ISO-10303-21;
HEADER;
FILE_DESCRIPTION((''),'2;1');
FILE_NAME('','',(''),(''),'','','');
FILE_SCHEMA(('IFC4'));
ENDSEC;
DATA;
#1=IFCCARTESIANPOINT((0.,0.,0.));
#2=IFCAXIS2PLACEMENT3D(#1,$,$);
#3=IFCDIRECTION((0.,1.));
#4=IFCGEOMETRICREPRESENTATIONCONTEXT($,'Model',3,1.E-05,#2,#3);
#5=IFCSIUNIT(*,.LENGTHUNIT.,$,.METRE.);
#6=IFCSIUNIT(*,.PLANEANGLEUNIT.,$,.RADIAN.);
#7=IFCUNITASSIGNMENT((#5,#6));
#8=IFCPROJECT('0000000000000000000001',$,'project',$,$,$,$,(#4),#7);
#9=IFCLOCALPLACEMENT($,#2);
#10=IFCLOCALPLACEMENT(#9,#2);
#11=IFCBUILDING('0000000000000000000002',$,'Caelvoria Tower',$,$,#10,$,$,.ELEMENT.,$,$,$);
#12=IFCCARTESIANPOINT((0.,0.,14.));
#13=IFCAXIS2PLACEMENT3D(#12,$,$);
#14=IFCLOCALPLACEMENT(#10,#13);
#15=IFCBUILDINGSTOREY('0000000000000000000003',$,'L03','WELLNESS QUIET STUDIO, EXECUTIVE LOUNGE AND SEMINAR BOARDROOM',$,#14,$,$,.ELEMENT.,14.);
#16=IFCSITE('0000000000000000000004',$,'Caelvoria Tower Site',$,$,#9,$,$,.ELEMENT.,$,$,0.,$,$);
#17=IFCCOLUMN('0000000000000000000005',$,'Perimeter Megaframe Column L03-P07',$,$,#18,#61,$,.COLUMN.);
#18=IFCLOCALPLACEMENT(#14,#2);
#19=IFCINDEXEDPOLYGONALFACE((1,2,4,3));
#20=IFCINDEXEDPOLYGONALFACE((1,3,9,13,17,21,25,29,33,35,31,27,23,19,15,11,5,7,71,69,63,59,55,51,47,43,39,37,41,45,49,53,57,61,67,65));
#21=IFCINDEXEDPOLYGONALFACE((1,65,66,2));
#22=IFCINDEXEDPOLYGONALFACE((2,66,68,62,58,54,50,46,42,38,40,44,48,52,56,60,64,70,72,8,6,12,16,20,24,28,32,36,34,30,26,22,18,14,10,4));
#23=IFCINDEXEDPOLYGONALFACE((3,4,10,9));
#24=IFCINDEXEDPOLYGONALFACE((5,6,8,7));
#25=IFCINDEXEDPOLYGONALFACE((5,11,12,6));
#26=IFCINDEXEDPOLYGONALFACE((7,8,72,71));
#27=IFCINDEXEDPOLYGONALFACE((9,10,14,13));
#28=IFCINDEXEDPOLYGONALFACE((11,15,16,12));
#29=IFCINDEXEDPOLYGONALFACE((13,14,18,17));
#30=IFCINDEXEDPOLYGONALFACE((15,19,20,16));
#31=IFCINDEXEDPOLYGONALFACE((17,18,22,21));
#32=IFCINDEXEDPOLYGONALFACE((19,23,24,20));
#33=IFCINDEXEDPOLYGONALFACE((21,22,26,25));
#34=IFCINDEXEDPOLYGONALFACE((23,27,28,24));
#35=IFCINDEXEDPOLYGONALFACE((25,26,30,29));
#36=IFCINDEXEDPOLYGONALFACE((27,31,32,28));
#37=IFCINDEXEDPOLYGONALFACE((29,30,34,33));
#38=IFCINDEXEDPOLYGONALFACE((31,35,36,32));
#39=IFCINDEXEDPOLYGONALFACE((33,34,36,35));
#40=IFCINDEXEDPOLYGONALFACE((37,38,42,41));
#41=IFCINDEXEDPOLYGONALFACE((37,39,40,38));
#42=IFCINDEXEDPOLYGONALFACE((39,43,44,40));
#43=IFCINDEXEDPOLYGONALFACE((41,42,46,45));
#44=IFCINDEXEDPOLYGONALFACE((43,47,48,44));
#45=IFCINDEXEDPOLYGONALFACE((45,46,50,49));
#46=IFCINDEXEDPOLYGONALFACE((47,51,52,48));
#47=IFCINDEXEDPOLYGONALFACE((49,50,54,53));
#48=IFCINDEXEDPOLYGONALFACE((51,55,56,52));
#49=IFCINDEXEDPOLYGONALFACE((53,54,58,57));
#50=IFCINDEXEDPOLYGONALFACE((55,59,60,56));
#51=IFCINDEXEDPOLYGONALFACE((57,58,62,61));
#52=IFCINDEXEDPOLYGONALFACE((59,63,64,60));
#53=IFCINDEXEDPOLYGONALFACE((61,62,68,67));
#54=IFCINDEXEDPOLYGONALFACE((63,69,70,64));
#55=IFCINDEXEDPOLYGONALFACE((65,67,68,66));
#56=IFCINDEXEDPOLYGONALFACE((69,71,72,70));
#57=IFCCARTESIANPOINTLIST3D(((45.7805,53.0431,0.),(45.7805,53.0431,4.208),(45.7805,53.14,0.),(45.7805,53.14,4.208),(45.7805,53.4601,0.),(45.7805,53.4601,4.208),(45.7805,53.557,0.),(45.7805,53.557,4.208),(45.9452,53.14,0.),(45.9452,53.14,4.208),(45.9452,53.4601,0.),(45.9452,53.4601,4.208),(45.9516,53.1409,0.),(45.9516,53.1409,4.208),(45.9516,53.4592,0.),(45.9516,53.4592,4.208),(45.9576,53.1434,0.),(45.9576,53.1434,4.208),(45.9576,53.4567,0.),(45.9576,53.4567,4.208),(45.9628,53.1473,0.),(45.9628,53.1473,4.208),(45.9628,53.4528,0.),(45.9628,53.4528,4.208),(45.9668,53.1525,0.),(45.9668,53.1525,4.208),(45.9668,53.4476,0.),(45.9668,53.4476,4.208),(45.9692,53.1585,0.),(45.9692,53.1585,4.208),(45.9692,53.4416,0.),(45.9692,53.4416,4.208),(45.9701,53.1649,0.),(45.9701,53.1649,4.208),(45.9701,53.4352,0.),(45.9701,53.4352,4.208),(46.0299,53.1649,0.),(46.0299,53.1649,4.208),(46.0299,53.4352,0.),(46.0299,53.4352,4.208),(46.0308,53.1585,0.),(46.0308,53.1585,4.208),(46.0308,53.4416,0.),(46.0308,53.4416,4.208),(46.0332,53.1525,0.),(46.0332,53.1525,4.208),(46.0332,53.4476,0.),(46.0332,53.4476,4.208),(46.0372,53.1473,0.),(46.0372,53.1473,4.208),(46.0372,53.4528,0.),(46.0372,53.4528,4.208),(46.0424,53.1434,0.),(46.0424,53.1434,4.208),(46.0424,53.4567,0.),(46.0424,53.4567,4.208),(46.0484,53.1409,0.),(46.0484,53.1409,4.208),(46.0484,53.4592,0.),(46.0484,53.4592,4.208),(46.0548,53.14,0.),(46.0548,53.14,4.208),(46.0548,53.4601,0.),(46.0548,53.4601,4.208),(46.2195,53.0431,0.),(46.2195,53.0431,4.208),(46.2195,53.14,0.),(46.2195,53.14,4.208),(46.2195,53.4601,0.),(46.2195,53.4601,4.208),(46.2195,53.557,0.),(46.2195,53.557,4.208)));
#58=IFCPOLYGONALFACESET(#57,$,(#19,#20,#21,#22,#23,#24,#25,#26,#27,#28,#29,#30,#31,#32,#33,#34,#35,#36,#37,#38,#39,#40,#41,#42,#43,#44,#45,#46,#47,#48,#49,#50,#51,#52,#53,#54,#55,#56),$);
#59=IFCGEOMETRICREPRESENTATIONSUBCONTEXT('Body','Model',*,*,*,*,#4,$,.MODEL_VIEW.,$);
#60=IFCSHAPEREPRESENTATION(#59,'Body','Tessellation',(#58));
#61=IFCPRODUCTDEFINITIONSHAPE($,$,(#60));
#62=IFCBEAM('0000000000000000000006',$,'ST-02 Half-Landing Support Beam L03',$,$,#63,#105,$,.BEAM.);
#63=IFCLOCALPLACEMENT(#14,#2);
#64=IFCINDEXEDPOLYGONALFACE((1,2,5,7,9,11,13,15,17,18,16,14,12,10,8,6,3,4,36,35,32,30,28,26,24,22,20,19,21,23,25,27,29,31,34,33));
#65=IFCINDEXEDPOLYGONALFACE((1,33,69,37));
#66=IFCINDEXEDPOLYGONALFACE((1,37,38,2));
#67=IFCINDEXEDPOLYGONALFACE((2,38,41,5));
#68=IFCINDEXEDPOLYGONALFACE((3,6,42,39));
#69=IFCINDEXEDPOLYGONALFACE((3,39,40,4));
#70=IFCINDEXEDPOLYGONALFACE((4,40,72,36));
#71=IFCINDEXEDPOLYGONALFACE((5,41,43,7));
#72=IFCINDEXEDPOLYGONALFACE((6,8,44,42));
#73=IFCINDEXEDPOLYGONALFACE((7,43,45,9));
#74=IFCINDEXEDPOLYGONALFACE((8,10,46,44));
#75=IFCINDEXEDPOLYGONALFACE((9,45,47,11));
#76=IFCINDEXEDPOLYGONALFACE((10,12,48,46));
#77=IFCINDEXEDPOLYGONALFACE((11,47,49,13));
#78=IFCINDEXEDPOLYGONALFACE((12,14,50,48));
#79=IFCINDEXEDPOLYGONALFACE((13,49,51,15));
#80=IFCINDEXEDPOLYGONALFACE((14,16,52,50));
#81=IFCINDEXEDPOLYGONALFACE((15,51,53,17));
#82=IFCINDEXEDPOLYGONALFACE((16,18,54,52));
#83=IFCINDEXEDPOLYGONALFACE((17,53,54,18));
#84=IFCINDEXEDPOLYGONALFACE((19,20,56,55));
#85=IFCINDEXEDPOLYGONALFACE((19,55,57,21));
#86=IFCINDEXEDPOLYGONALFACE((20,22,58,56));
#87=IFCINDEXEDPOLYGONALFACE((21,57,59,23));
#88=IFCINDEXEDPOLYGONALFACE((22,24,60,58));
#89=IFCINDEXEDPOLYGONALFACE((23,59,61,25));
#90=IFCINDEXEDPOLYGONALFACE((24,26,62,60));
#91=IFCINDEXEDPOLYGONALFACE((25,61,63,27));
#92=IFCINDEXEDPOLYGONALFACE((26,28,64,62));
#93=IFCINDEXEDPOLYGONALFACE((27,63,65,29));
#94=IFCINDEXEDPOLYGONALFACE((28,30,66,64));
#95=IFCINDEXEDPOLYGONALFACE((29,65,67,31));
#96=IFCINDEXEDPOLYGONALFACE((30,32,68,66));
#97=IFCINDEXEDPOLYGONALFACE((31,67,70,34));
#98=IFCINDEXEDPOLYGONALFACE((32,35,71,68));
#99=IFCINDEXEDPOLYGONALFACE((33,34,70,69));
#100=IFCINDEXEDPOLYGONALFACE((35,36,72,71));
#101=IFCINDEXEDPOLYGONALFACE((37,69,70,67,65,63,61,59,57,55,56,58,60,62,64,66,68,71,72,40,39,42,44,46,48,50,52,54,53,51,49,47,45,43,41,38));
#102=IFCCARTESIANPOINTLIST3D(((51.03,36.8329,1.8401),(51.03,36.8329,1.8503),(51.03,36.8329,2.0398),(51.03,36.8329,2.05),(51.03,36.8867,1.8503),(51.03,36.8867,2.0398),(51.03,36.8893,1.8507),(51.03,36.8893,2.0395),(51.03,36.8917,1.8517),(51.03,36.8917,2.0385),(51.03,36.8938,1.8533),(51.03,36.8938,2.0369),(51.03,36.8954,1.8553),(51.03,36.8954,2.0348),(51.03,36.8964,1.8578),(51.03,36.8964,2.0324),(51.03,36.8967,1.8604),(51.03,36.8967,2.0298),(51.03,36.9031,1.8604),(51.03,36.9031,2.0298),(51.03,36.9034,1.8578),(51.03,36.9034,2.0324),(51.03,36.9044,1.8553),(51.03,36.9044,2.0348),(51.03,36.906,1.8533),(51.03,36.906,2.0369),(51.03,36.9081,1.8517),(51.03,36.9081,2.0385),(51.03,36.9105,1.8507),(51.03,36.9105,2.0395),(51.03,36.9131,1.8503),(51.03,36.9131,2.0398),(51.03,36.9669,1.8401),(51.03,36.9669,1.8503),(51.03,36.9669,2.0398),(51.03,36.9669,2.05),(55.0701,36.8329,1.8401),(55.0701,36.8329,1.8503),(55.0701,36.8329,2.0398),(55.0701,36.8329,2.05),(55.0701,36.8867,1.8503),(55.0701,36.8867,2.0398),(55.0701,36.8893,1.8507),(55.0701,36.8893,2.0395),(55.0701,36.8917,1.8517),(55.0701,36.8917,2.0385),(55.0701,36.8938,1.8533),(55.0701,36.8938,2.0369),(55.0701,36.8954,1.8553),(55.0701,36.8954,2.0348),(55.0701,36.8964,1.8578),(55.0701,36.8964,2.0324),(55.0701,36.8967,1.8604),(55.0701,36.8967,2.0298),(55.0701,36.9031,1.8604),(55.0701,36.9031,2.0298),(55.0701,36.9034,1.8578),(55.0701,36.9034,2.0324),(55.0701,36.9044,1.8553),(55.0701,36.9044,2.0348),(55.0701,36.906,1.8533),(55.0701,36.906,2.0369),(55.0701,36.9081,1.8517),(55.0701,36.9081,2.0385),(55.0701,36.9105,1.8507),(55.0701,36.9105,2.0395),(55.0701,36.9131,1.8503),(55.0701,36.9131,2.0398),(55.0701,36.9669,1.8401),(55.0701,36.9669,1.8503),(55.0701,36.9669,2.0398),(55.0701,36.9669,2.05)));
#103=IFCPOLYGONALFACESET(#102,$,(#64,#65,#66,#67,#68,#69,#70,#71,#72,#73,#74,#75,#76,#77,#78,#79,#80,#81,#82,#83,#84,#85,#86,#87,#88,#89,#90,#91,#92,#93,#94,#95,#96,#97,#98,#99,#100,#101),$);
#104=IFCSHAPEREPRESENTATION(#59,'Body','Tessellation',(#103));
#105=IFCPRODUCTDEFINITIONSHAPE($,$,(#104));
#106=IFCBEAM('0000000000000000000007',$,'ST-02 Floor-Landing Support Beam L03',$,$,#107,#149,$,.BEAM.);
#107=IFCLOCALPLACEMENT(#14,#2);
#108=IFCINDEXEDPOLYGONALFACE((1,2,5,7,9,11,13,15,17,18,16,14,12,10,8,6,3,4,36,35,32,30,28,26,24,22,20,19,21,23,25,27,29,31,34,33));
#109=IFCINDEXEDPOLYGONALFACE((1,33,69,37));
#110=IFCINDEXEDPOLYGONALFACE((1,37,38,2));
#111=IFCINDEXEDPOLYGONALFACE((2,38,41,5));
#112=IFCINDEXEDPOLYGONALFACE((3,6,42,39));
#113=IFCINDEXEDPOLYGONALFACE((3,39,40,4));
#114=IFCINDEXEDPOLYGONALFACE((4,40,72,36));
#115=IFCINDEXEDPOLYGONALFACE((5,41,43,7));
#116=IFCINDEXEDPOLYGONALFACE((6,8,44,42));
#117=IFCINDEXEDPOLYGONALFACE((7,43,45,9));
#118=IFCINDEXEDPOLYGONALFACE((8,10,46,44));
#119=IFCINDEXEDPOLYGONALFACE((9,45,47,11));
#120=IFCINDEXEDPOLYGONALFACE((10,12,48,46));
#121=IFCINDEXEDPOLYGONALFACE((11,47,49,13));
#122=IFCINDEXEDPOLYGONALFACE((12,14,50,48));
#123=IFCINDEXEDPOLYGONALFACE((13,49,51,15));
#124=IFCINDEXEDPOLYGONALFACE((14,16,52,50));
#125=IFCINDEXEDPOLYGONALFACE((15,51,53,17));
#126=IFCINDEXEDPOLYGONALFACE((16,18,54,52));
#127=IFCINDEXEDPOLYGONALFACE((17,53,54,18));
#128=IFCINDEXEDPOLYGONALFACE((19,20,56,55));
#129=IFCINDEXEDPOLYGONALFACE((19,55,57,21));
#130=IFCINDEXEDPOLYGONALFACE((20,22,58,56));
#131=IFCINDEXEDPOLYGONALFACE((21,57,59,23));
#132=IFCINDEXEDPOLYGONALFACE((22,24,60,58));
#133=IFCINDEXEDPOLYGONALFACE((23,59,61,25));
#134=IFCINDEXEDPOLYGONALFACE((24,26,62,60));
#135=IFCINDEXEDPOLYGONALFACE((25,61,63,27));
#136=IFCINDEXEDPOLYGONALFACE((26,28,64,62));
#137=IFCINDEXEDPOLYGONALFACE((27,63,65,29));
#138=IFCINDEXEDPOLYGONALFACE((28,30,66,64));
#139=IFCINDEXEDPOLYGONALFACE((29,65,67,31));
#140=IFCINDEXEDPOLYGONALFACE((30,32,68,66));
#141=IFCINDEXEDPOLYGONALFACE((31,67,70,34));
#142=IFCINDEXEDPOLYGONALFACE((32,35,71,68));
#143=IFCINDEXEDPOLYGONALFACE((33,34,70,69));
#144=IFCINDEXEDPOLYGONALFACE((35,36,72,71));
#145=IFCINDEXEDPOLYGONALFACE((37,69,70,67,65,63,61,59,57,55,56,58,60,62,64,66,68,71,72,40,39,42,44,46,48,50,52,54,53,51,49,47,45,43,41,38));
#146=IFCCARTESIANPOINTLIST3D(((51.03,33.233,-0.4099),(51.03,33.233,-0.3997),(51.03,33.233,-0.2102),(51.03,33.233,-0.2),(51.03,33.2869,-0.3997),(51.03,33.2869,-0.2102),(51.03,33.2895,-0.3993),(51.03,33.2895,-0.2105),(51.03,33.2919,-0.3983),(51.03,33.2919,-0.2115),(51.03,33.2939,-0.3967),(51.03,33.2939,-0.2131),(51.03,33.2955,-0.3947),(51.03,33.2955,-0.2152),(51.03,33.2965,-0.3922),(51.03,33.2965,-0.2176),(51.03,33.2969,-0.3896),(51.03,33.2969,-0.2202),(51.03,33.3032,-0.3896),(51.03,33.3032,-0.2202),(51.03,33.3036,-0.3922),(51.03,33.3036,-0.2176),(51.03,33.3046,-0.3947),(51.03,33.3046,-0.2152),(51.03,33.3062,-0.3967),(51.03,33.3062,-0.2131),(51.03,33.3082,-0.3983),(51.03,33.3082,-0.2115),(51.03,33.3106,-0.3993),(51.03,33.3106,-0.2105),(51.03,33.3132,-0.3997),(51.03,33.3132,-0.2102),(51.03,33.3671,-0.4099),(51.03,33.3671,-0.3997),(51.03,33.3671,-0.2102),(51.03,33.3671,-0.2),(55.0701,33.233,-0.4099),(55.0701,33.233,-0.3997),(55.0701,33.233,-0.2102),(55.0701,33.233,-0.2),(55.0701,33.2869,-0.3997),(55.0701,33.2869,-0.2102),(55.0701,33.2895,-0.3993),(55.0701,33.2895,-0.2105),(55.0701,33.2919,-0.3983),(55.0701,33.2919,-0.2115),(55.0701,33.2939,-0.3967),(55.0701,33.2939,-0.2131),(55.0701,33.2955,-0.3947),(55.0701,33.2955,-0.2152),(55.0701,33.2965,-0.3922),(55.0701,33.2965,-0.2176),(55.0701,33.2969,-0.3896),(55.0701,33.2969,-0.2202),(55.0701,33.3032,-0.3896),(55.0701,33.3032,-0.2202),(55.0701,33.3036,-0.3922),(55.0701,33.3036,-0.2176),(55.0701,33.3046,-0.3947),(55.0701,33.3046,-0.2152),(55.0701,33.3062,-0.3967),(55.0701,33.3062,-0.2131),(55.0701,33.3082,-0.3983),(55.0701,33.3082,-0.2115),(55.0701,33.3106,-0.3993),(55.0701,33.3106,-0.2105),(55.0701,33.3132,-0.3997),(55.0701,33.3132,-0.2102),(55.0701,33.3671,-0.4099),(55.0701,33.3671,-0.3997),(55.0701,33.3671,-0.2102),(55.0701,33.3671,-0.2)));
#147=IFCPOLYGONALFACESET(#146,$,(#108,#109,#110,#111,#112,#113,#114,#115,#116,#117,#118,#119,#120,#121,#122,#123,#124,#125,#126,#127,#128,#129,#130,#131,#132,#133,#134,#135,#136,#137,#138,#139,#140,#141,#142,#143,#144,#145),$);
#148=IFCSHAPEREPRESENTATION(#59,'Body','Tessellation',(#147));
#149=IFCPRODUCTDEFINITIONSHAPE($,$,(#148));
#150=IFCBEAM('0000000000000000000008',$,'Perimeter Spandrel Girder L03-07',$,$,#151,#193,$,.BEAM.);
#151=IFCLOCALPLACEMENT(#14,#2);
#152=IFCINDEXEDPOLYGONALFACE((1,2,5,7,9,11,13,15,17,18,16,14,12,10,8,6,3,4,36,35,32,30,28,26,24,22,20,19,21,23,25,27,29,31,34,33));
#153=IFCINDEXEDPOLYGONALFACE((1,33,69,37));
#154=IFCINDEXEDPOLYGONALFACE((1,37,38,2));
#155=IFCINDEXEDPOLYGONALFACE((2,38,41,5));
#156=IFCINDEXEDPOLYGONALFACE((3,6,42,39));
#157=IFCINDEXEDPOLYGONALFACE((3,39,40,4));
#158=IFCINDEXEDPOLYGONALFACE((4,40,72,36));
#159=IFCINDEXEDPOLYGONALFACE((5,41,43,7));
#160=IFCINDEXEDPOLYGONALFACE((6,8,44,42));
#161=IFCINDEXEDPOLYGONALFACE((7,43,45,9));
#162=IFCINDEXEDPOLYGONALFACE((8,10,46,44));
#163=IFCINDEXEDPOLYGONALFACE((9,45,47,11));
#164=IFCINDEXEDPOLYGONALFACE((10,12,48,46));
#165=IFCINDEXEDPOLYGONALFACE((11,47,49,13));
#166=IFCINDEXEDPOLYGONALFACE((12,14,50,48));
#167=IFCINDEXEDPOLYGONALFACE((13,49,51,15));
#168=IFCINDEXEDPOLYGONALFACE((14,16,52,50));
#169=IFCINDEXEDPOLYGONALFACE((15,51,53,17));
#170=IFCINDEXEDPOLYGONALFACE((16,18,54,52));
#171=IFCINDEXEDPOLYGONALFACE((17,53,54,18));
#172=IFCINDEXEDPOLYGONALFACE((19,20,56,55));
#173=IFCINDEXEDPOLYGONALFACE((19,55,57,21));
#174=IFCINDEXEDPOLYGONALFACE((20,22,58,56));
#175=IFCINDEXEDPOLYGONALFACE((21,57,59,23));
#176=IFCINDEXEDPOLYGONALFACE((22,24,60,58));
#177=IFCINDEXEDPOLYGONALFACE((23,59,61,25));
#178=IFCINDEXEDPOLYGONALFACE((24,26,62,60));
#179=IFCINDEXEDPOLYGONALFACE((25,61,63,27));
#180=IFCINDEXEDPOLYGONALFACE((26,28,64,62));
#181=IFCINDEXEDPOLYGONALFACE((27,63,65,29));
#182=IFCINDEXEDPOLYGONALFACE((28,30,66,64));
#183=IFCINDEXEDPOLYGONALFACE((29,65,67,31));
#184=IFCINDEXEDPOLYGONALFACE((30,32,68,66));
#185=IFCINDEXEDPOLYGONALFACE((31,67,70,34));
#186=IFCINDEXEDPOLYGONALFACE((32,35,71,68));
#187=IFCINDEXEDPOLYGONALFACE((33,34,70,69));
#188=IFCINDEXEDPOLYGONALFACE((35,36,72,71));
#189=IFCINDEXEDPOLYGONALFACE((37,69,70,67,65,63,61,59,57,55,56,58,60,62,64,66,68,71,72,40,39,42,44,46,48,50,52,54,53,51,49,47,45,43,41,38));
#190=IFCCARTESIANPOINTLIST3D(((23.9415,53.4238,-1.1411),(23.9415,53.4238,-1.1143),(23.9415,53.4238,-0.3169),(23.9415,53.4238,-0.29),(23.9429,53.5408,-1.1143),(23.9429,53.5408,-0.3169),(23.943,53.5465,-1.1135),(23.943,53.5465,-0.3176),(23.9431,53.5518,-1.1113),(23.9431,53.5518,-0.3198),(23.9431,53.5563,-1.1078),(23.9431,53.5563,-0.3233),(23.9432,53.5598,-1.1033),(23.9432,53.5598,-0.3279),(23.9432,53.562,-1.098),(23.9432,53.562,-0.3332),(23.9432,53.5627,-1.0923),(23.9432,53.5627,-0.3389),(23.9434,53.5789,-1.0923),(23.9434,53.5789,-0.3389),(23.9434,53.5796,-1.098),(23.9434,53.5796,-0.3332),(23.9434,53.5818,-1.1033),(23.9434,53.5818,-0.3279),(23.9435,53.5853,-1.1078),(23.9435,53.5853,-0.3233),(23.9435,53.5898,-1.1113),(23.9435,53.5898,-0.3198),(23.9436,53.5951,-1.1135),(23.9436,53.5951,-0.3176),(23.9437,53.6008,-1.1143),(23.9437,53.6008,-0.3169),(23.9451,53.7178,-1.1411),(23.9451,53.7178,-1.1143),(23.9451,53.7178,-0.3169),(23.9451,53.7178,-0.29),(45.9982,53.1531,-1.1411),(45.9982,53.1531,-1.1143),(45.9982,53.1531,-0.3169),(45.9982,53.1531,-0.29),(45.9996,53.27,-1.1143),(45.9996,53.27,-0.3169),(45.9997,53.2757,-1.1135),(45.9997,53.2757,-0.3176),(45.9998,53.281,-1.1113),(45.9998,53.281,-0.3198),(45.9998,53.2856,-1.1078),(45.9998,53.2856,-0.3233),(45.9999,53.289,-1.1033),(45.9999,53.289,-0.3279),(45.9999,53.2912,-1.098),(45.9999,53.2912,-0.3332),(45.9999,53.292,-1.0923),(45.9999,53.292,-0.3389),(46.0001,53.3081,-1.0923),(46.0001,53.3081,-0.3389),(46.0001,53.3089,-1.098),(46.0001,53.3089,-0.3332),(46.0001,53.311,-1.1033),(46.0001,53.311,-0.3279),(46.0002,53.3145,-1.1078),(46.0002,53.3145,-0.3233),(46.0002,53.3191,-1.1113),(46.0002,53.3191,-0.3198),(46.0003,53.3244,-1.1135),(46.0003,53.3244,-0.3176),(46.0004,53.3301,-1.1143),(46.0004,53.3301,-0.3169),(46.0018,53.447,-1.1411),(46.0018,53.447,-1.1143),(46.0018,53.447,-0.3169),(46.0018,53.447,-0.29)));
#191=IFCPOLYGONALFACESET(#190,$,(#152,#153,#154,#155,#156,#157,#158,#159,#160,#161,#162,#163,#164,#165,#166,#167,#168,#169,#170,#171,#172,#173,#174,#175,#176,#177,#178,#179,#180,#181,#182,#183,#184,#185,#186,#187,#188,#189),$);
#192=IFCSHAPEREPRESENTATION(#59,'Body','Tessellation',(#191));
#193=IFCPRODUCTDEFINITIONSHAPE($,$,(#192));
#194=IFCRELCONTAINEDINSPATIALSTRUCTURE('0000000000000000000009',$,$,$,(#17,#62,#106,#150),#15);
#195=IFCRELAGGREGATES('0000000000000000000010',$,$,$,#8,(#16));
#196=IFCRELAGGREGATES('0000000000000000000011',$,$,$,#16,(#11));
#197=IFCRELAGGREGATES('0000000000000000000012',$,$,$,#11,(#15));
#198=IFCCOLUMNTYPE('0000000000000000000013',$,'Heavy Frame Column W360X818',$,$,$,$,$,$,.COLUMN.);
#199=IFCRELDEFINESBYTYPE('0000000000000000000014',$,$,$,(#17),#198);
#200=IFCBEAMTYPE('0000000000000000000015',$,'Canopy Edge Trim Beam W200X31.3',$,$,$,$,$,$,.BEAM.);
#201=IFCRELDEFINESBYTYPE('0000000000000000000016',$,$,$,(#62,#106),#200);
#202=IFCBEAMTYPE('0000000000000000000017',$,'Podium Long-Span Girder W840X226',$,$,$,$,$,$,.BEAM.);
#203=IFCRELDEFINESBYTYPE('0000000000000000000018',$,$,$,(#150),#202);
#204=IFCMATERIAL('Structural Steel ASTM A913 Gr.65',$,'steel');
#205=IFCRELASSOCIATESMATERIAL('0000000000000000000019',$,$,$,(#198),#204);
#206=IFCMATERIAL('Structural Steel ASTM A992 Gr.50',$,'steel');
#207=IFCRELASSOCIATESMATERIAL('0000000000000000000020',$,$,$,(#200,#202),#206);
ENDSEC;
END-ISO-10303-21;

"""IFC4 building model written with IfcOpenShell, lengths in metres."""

from ifc_helpers import new_model, si_unit, direction, frame, origin, origin_2d, place, context, subcontext, project, spatial, i_section, extrude, material, material_profile, profile_set, type_object, element, save


model = new_model("IFC4")

# Units and contexts
model_context = context("Model", 3, precision=1e-05, world=origin(), true_north=direction((0.0, 1.0)))
body_context = subcontext(model_context, "Body", "Model", "MODEL_VIEW")
ifc_project = project(units=[si_unit("LENGTHUNIT", "METRE"), si_unit("PLANEANGLEUNIT", "RADIAN")], contexts=[model_context])

# Site, building, storey
site_placement = place(None, origin())
site = spatial("IfcSite", under=ifc_project, at=site_placement, Name="Caelvoria Tower Site", CompositionType="ELEMENT", RefElevation=0.0)
building_placement = place(site_placement, origin())
building = spatial("IfcBuilding", under=site, at=building_placement, Name="Caelvoria Tower", CompositionType="ELEMENT")
storey_placement = place(building_placement, frame((0.0, 0.0, 14.0)))
storey = spatial("IfcBuildingStorey", under=building, at=storey_placement, Name="L03", Description="WELLNESS QUIET STUDIO, EXECUTIVE LOUNGE AND SEMINAR BOARDROOM", CompositionType="ELEMENT", Elevation=14.0)

# Column
ifc_material_1 = material(Name="Structural Steel ASTM A913 Gr.65", Category="steel")
ifc_material_profile_1 = material_profile(ifc_material_1, i_section(OverallWidth=0.439, OverallDepth=0.5139, WebThickness=0.0598, FlangeThickness=0.0969, FilletRadius=0.0249, at=origin_2d()), Name="Structural Steel ASTM A913 Gr.65")
ifc_profile_set_1 = profile_set([ifc_material_profile_1], Name="W360X818 - Structural Steel ASTM A913 Gr.65")
column_type = type_object("IfcColumnType", Name="Heavy Frame Column W360X818", PredefinedType="COLUMN", material=ifc_profile_set_1)
column_placement = place(storey_placement, frame((46.0, 53.3, 0.0), z_axis=(0.0, 0.0, 1.0), x_axis=(1.0, 0.0, 0.0)))
element("IfcColumn", 1, at=column_placement, inside=storey, type_object=column_type, Name="Perimeter Megaframe Column L03-P07", PredefinedType="COLUMN", context=body_context, shape_type="SweptSolid", body=[
    extrude(i_section(OverallWidth=0.439, OverallDepth=0.5139, WebThickness=0.0598, FlangeThickness=0.0969, FilletRadius=0.0249, at=origin_2d()), origin(), (0.0, 0.0, 1.0), 4.208),
])

# Beams
ifc_material_2 = material(Name="Structural Steel ASTM A992 Gr.50", Category="steel")
ifc_material_profile_2 = material_profile(ifc_material_2, i_section(OverallWidth=0.134, OverallDepth=0.21, WebThickness=0.0063, FlangeThickness=0.0103, FilletRadius=0.01, at=origin_2d()), Name="Structural Steel ASTM A992 Gr.50")
ifc_profile_set_2 = profile_set([ifc_material_profile_2], Name="W200X31.3 - Structural Steel ASTM A992 Gr.50")
beam_type_1 = type_object("IfcBeamType", Name="Canopy Edge Trim Beam W200X31.3", PredefinedType="BEAM", material=ifc_profile_set_2)
for number, where, z_axis, x_axis, name in (
    (2, (51.03, 36.8999, 1.9451), (1.0, 0.0, 0.0), (0.0, 1.0, 0.0), "ST-02 Half-Landing Support Beam L03"),
    (3, (51.03, 33.3, -0.3049), (1.0, 0.0, 0.0), (0.0, 1.0, 0.0), "ST-02 Floor-Landing Support Beam L03"),
):
    element("IfcBeam", number, at=place(storey_placement, frame(where, z_axis=z_axis, x_axis=x_axis)), inside=storey, type_object=beam_type_1, Name=name, PredefinedType="BEAM", context=body_context, shape_type="SweptSolid", body=[
        extrude(i_section(OverallWidth=0.134, OverallDepth=0.21, WebThickness=0.0063, FlangeThickness=0.0103, FilletRadius=0.01, at=origin_2d()), origin(), (0.0, 0.0, 1.0), 4.04),
    ])
ifc_material_profile_3 = material_profile(ifc_material_2, i_section(OverallWidth=0.2939, OverallDepth=0.8511, WebThickness=0.0161, FlangeThickness=0.0269, FilletRadius=0.022, at=origin_2d()), Name="Structural Steel ASTM A992 Gr.50")
ifc_profile_set_3 = profile_set([ifc_material_profile_3], Name="W840X226 - Structural Steel ASTM A992 Gr.50")
beam_type_2 = type_object("IfcBeamType", Name="Podium Long-Span Girder W840X226", PredefinedType="BEAM", material=ifc_profile_set_3)
beam_1_placement = place(storey_placement, frame((46.0, 53.3, -0.7156), z_axis=(-0.999925, 0.012274, 0.0), x_axis=(-0.012274, -0.999925, 0.0)))
element("IfcBeam", 4, at=beam_1_placement, inside=storey, type_object=beam_type_2, Name="Perimeter Spandrel Girder L03-07", PredefinedType="BEAM", context=body_context, shape_type="SweptSolid", body=[
    extrude(i_section(OverallWidth=0.2939, OverallDepth=0.8511, WebThickness=0.0161, FlangeThickness=0.0269, FilletRadius=0.022, at=origin_2d()), origin(), (0.0, 0.0, 1.0), 22.0583),
])

save(model, "model.ifc")
